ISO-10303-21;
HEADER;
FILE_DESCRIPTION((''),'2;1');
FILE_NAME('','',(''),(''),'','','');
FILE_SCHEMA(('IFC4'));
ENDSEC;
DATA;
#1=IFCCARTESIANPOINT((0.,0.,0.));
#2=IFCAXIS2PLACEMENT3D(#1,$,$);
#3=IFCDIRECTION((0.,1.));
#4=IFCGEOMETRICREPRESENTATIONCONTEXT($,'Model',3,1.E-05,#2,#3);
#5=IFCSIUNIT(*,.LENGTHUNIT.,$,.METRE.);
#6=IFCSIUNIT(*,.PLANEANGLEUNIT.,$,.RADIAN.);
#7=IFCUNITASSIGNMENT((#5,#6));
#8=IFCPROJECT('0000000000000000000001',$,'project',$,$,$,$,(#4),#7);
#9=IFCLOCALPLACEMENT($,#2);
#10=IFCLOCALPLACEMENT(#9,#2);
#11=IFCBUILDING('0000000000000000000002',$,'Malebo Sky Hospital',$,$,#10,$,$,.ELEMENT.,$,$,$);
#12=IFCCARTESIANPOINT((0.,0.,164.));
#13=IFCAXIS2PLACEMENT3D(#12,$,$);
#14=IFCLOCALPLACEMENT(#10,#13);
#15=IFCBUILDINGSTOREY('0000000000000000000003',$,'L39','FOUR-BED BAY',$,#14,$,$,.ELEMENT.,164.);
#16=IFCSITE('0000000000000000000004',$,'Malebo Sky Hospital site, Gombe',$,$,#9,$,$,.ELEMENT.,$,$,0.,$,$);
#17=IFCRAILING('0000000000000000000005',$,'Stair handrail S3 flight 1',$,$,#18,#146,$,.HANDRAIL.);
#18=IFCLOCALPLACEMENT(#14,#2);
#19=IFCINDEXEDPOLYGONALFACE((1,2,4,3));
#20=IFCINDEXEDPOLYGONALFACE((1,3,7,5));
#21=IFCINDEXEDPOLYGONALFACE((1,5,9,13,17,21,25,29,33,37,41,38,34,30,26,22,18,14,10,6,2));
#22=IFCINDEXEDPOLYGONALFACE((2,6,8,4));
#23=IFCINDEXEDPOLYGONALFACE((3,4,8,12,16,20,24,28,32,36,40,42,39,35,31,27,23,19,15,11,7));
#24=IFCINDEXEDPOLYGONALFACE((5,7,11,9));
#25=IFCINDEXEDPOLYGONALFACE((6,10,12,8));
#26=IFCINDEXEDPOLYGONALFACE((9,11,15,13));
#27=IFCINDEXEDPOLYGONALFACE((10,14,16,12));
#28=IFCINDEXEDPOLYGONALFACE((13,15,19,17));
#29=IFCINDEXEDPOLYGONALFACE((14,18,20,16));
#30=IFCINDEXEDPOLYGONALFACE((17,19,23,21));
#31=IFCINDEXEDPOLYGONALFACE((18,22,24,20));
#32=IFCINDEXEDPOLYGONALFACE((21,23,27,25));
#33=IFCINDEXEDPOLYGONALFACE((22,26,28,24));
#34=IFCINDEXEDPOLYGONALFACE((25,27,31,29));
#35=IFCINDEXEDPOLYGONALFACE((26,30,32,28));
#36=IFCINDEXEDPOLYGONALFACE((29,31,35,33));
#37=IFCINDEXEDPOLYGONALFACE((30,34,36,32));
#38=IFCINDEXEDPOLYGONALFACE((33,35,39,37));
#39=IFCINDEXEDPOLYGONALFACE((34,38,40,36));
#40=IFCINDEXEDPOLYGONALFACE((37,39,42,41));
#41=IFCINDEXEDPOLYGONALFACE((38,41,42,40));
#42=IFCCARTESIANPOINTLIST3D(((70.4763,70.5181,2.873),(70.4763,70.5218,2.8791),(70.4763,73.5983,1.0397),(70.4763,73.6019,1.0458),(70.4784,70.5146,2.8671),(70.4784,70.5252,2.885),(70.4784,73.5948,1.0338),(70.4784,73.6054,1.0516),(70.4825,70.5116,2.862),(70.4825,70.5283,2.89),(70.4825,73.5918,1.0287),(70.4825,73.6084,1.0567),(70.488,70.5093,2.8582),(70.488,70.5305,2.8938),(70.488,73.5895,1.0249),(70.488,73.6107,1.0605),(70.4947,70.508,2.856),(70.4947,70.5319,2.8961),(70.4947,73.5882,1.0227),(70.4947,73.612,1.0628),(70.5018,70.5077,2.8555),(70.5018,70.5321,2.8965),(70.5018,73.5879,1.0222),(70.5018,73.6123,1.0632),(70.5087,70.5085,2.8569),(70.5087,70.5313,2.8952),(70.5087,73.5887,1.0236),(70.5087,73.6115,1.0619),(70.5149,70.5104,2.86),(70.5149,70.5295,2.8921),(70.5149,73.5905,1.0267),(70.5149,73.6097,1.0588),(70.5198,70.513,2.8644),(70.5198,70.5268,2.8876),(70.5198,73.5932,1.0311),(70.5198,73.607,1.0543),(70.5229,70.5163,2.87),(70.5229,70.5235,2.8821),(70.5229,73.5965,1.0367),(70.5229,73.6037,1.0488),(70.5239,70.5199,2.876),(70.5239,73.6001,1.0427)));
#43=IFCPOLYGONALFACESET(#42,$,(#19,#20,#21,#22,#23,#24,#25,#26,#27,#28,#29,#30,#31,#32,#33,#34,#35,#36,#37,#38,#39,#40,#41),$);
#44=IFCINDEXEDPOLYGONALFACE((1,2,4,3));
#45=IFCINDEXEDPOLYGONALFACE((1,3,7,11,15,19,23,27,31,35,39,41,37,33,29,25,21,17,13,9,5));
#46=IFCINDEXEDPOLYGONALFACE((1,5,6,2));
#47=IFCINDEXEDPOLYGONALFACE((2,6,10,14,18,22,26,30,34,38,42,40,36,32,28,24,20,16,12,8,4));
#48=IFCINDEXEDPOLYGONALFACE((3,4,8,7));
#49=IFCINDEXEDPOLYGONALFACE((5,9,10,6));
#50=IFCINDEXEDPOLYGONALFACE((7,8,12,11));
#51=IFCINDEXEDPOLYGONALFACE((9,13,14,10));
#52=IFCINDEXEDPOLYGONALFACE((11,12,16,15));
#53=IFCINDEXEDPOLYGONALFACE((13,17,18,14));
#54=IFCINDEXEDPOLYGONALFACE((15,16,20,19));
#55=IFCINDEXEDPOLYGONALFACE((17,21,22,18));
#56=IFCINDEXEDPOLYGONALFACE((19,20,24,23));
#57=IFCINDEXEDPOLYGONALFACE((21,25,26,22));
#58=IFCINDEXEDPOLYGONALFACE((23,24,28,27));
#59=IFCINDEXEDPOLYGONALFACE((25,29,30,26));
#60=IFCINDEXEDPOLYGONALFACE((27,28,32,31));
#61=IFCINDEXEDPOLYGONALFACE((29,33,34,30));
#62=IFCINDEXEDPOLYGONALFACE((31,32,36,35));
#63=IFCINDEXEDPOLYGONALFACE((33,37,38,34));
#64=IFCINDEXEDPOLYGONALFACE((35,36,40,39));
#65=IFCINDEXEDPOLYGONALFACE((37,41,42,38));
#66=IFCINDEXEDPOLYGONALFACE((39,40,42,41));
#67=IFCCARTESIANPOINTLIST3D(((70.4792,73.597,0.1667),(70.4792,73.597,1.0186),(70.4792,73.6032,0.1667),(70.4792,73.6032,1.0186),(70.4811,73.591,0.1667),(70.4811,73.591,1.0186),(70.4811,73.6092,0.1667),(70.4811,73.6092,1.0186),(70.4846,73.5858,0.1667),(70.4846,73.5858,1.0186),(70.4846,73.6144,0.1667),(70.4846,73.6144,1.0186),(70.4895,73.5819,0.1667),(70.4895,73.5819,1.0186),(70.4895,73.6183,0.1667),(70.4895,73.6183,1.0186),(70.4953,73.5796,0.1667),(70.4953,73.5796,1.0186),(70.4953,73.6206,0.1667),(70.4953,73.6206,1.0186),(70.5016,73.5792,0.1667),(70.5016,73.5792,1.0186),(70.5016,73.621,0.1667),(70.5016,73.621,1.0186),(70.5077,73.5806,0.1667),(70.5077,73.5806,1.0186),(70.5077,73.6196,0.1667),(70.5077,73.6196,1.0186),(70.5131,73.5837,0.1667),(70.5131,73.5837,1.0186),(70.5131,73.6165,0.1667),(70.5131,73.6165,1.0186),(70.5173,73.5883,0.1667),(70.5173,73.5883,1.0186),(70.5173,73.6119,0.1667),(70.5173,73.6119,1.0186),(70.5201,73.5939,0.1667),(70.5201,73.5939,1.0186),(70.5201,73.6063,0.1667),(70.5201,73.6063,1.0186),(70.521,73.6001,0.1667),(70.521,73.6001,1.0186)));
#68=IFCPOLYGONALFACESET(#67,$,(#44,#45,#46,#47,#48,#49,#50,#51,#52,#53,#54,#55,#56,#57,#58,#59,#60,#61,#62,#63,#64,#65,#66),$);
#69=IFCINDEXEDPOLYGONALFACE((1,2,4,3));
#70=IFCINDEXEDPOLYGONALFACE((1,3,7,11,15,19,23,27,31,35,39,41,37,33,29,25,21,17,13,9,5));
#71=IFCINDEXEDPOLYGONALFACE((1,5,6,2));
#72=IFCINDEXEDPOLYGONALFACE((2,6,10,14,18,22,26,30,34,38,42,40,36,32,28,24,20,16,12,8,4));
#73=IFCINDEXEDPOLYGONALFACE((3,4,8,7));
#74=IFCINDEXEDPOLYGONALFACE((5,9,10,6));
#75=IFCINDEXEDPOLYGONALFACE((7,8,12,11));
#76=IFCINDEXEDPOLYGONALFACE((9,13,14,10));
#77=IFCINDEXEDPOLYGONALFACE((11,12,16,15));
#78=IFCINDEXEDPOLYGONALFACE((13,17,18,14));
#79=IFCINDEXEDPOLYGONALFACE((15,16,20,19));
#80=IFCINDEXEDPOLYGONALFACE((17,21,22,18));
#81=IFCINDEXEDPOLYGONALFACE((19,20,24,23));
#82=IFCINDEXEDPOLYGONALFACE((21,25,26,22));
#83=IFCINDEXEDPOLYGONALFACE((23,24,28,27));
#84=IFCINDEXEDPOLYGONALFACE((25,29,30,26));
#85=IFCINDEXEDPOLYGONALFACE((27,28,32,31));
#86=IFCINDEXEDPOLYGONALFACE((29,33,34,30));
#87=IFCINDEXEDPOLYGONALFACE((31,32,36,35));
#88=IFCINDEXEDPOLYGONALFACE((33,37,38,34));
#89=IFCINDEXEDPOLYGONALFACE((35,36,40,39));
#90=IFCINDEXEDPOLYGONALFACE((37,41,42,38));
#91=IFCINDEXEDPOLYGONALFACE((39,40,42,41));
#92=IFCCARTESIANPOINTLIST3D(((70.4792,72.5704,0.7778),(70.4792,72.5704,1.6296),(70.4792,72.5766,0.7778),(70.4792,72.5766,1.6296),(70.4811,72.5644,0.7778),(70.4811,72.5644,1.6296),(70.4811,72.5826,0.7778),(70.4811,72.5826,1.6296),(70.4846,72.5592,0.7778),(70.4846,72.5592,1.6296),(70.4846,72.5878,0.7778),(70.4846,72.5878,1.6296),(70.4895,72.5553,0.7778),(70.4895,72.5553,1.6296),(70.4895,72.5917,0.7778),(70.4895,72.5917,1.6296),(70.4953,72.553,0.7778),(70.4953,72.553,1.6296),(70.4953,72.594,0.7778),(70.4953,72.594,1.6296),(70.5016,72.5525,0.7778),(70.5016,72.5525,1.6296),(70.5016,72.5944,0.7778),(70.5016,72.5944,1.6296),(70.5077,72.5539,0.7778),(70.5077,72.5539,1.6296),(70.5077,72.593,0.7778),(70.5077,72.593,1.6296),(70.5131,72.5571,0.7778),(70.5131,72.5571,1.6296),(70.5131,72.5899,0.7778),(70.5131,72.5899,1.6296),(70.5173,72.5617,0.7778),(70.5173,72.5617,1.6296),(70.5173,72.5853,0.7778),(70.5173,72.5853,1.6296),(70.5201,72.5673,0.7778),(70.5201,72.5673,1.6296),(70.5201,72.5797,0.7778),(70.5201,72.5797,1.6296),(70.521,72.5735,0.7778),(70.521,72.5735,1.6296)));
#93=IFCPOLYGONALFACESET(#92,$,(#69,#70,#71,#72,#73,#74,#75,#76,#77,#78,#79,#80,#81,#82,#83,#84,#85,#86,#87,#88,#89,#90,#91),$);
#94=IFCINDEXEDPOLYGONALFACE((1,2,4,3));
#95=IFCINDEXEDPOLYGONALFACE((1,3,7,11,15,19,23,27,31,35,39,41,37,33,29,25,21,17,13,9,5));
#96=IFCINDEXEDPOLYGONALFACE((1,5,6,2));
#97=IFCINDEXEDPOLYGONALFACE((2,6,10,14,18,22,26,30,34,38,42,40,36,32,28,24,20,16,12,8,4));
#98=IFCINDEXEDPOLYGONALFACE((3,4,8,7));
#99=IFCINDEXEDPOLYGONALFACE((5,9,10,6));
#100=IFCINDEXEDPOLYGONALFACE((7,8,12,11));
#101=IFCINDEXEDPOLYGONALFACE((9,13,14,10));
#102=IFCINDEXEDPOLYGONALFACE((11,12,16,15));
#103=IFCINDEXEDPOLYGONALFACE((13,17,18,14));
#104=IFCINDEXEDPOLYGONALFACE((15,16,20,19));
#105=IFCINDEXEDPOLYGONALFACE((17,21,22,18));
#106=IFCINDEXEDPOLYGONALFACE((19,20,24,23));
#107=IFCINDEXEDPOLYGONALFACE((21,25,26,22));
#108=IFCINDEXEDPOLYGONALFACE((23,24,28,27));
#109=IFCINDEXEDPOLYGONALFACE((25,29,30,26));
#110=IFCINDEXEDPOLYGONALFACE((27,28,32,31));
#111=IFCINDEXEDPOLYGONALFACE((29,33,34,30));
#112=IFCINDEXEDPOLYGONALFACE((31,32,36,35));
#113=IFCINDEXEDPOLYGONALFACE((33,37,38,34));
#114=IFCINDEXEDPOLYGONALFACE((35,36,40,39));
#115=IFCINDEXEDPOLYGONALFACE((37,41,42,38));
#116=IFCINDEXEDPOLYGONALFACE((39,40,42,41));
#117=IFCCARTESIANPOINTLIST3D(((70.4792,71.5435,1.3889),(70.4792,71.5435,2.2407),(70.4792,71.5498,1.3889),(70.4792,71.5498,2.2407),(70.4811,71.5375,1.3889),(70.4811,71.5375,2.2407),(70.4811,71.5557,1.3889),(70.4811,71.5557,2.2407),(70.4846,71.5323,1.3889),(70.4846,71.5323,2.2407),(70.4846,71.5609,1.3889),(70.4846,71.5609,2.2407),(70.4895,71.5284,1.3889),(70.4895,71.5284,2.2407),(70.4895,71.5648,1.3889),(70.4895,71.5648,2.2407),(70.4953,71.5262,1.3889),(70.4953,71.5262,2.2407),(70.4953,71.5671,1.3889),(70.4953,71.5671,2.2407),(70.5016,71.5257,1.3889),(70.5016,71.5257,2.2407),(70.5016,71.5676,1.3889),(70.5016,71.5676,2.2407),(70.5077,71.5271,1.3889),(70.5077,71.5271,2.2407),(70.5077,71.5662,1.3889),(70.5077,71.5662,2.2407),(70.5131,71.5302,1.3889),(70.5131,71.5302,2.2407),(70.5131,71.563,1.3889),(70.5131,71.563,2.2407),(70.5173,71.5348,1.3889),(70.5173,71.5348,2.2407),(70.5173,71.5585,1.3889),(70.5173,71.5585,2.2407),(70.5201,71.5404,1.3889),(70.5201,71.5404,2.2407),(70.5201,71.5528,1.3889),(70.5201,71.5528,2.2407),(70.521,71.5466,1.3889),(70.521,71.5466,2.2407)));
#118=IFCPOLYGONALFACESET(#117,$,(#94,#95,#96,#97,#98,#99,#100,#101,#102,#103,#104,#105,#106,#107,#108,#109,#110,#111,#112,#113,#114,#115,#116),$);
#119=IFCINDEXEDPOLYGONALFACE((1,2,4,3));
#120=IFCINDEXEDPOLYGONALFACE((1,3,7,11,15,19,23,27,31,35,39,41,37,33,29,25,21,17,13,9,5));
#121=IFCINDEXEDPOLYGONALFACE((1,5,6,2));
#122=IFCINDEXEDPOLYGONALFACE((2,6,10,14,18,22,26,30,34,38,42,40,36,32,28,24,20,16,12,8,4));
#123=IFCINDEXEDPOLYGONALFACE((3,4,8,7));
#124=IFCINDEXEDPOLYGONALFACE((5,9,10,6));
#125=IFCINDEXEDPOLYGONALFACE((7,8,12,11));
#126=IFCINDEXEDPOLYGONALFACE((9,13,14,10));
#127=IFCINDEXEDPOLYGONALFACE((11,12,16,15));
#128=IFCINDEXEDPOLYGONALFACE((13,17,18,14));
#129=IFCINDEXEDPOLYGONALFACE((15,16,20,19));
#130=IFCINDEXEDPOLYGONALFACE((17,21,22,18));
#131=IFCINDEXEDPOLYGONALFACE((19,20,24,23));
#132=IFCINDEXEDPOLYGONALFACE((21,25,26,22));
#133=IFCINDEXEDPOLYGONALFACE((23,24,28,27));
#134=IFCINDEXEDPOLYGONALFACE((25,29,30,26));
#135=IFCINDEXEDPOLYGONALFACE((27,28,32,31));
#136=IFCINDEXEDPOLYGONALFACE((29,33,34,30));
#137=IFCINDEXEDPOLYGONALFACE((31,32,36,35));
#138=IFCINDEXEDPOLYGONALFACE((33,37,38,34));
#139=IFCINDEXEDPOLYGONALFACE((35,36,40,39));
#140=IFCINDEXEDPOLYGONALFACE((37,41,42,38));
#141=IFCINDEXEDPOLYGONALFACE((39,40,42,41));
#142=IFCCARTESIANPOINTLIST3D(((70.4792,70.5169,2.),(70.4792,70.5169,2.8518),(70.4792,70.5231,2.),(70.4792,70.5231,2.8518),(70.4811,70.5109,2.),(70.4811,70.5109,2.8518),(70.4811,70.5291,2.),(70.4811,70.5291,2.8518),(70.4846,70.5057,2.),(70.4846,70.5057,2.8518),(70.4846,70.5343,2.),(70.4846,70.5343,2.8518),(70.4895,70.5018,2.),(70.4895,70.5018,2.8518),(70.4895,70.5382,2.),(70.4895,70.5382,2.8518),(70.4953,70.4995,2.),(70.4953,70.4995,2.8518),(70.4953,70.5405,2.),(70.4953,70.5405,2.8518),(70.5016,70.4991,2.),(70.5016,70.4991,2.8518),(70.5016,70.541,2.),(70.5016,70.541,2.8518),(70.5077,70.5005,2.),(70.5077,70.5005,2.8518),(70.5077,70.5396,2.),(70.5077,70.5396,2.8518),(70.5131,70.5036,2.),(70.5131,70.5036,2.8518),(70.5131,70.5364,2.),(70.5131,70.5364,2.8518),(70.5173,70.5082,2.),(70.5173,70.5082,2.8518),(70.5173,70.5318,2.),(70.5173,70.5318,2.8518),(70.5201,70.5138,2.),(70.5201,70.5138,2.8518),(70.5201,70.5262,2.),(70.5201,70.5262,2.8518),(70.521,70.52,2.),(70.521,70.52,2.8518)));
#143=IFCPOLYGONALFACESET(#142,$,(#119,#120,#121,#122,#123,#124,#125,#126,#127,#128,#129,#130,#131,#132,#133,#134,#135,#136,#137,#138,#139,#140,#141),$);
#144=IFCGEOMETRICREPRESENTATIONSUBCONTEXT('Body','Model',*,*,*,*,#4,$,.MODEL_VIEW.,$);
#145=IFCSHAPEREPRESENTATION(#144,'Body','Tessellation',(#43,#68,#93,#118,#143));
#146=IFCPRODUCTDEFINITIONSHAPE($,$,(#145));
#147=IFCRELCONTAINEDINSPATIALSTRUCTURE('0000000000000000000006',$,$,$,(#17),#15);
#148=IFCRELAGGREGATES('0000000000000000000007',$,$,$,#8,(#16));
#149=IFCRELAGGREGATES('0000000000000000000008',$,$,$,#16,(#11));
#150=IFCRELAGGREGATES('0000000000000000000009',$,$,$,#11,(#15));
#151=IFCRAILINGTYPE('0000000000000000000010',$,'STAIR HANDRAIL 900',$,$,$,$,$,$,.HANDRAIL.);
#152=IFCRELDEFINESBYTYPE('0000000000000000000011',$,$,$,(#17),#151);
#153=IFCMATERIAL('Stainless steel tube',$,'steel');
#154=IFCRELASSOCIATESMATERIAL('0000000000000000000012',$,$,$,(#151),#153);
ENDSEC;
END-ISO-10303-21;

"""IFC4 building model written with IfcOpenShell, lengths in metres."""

from ifc_helpers import new_model, si_unit, direction, frame, origin, origin_2d, place, context, subcontext, project, spatial, circle, extrude, material, type_object, element, save


model = new_model("IFC4")

# Units and contexts
model_context = context("Model", 3, precision=1e-05, world=origin(), true_north=direction((0.0, 1.0)))
body_context = subcontext(model_context, "Body", "Model", "MODEL_VIEW")
ifc_project = project(units=[si_unit("LENGTHUNIT", "METRE"), si_unit("PLANEANGLEUNIT", "RADIAN")], contexts=[model_context])

# Site, building, storey
site_placement = place(None, origin())
site = spatial("IfcSite", under=ifc_project, at=site_placement, Name="Malebo Sky Hospital site, Gombe", CompositionType="ELEMENT", RefElevation=0.0)
building_placement = place(site_placement, origin())
building = spatial("IfcBuilding", under=site, at=building_placement, Name="Malebo Sky Hospital", CompositionType="ELEMENT")
storey_placement = place(building_placement, frame((0.0, 0.0, 164.0)))
storey = spatial("IfcBuildingStorey", under=building, at=storey_placement, Name="L39", Description="FOUR-BED BAY", CompositionType="ELEMENT", Elevation=164.0)

# Railing
ifc_material_1 = material(Name="Stainless steel tube", Category="steel")
railing_type = type_object("IfcRailingType", Name="STAIR HANDRAIL 900", PredefinedType="HANDRAIL", material=ifc_material_1)
railing_placement = place(storey_placement, frame((70.5, 73.6001, 0.1667)))
element("IfcRailing", 1, at=railing_placement, inside=storey, type_object=railing_type, Name="Stair handrail S3 flight 1", PredefinedType="HANDRAIL", context=body_context, shape_type="SweptSolid", body=[
    extrude(circle(Radius=0.0239, at=origin_2d()), frame((0.0, 0.0, 0.876), z_axis=(0.0, -0.859309, 0.511458), x_axis=(1.0, 0.0, 0.0)), (0.0, 0.0, 1.0), 3.5845),
    extrude(circle(Radius=0.021, at=origin_2d()), origin(), (0.0, 0.0, 1.0), 0.8518),
    extrude(circle(Radius=0.021, at=origin_2d()), frame((0.0, -1.0266, 0.6111)), (0.0, 0.0, 1.0), 0.8518),
    extrude(circle(Radius=0.021, at=origin_2d()), frame((0.0, -2.0535, 1.2222)), (0.0, 0.0, 1.0), 0.8518),
    extrude(circle(Radius=0.021, at=origin_2d()), frame((0.0, -3.0801, 1.8333)), (0.0, 0.0, 1.0), 0.8518),
])

save(model, "model.ifc")
